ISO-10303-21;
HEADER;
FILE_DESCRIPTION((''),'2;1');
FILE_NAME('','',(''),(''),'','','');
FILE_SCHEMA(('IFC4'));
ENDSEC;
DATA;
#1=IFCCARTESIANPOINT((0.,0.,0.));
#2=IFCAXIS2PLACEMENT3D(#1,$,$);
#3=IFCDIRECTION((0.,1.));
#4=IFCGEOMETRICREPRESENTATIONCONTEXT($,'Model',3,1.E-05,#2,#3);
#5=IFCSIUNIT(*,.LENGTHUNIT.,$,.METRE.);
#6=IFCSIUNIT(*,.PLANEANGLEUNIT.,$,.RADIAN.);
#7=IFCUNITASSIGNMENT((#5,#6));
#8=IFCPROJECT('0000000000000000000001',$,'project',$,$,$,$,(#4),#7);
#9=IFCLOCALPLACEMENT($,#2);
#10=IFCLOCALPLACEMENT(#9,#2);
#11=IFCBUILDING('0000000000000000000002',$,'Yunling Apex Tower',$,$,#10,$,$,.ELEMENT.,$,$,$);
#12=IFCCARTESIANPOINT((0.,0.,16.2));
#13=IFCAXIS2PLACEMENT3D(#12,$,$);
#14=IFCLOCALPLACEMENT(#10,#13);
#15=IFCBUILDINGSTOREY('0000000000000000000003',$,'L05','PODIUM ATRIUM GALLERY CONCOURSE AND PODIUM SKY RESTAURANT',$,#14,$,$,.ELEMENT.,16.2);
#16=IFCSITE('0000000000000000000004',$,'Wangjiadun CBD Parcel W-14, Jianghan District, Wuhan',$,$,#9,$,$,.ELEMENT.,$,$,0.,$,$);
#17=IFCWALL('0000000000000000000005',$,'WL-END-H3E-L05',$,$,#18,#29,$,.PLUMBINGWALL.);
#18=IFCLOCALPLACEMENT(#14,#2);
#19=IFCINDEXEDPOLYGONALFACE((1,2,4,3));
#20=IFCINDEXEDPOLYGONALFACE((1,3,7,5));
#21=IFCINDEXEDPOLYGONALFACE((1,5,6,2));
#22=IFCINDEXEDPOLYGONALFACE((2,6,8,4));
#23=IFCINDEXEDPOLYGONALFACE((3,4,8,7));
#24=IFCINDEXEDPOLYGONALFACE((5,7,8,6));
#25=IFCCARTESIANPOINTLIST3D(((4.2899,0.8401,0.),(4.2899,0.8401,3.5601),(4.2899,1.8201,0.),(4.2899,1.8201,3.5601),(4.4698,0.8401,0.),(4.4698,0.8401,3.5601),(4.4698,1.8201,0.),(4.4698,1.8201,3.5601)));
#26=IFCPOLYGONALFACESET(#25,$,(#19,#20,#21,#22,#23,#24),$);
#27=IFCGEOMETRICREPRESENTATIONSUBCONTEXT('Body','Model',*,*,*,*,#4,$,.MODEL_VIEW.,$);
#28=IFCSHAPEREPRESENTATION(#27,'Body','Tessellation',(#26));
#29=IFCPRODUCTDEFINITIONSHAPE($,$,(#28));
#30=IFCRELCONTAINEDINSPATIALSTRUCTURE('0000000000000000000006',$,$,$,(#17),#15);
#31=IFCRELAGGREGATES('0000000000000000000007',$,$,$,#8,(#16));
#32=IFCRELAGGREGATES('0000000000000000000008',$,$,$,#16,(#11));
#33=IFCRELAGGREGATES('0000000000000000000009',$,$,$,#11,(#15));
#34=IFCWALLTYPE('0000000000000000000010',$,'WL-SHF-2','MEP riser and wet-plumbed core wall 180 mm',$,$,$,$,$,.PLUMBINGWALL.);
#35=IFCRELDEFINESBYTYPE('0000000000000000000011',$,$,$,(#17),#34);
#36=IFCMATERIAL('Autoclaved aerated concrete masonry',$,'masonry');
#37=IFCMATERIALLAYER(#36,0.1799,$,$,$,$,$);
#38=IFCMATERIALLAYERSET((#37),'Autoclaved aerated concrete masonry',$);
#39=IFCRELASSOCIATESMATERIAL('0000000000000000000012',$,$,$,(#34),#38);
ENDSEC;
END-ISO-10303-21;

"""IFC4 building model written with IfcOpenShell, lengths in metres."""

from ifc_helpers import new_model, si_unit, direction, frame, frame_2d, origin, place, context, subcontext, project, spatial, rectangle, extrude, material, layer, layer_set, type_object, element, save


model = new_model("IFC4")

# Units and contexts
model_context = context("Model", 3, precision=1e-05, world=origin(), true_north=direction((0.0, 1.0)))
body_context = subcontext(model_context, "Body", "Model", "MODEL_VIEW")
ifc_project = project(units=[si_unit("LENGTHUNIT", "METRE"), si_unit("PLANEANGLEUNIT", "RADIAN")], contexts=[model_context])

# Site, building, storey
site_placement = place(None, origin())
site = spatial("IfcSite", under=ifc_project, at=site_placement, Name="Wangjiadun CBD Parcel W-14, Jianghan District, Wuhan", CompositionType="ELEMENT", RefElevation=0.0)
building_placement = place(site_placement, origin())
building = spatial("IfcBuilding", under=site, at=building_placement, Name="Yunling Apex Tower", CompositionType="ELEMENT")
storey_placement = place(building_placement, frame((0.0, 0.0, 16.2)))
storey = spatial("IfcBuildingStorey", under=building, at=storey_placement, Name="L05", Description="PODIUM ATRIUM GALLERY CONCOURSE AND PODIUM SKY RESTAURANT", CompositionType="ELEMENT", Elevation=16.2)

# Shared definitions
ifc_material_1 = material(Name="Autoclaved aerated concrete masonry", Category="masonry")

# Wall
ifc_layer_1 = layer(ifc_material_1, 0.1799)
ifc_layer_set_1 = layer_set([ifc_layer_1], Name="Autoclaved aerated concrete masonry")
wall_type_1 = type_object("IfcWallType", Name="WL-SHF-2", Description="MEP riser and wet-plumbed core wall 180 mm", PredefinedType="PLUMBINGWALL", material=ifc_layer_set_1)
wall_1_placement = place(storey_placement, frame((4.3799, 0.8401, 0.0), z_axis=(0.0, 0.0, 1.0), x_axis=(0.0, 1.0, 0.0)))
element("IfcWall", 1, at=wall_1_placement, inside=storey, type_object=wall_type_1, Name="WL-END-H3E-L05", PredefinedType="PLUMBINGWALL", context=body_context, shape_type="SweptSolid", body=[
    extrude(rectangle(XDim=0.98, YDim=0.1799, at=frame_2d((0.49, 0.0))), origin(), (0.0, 0.0, 1.0), 3.5601),
])

save(model, "model.ifc")
